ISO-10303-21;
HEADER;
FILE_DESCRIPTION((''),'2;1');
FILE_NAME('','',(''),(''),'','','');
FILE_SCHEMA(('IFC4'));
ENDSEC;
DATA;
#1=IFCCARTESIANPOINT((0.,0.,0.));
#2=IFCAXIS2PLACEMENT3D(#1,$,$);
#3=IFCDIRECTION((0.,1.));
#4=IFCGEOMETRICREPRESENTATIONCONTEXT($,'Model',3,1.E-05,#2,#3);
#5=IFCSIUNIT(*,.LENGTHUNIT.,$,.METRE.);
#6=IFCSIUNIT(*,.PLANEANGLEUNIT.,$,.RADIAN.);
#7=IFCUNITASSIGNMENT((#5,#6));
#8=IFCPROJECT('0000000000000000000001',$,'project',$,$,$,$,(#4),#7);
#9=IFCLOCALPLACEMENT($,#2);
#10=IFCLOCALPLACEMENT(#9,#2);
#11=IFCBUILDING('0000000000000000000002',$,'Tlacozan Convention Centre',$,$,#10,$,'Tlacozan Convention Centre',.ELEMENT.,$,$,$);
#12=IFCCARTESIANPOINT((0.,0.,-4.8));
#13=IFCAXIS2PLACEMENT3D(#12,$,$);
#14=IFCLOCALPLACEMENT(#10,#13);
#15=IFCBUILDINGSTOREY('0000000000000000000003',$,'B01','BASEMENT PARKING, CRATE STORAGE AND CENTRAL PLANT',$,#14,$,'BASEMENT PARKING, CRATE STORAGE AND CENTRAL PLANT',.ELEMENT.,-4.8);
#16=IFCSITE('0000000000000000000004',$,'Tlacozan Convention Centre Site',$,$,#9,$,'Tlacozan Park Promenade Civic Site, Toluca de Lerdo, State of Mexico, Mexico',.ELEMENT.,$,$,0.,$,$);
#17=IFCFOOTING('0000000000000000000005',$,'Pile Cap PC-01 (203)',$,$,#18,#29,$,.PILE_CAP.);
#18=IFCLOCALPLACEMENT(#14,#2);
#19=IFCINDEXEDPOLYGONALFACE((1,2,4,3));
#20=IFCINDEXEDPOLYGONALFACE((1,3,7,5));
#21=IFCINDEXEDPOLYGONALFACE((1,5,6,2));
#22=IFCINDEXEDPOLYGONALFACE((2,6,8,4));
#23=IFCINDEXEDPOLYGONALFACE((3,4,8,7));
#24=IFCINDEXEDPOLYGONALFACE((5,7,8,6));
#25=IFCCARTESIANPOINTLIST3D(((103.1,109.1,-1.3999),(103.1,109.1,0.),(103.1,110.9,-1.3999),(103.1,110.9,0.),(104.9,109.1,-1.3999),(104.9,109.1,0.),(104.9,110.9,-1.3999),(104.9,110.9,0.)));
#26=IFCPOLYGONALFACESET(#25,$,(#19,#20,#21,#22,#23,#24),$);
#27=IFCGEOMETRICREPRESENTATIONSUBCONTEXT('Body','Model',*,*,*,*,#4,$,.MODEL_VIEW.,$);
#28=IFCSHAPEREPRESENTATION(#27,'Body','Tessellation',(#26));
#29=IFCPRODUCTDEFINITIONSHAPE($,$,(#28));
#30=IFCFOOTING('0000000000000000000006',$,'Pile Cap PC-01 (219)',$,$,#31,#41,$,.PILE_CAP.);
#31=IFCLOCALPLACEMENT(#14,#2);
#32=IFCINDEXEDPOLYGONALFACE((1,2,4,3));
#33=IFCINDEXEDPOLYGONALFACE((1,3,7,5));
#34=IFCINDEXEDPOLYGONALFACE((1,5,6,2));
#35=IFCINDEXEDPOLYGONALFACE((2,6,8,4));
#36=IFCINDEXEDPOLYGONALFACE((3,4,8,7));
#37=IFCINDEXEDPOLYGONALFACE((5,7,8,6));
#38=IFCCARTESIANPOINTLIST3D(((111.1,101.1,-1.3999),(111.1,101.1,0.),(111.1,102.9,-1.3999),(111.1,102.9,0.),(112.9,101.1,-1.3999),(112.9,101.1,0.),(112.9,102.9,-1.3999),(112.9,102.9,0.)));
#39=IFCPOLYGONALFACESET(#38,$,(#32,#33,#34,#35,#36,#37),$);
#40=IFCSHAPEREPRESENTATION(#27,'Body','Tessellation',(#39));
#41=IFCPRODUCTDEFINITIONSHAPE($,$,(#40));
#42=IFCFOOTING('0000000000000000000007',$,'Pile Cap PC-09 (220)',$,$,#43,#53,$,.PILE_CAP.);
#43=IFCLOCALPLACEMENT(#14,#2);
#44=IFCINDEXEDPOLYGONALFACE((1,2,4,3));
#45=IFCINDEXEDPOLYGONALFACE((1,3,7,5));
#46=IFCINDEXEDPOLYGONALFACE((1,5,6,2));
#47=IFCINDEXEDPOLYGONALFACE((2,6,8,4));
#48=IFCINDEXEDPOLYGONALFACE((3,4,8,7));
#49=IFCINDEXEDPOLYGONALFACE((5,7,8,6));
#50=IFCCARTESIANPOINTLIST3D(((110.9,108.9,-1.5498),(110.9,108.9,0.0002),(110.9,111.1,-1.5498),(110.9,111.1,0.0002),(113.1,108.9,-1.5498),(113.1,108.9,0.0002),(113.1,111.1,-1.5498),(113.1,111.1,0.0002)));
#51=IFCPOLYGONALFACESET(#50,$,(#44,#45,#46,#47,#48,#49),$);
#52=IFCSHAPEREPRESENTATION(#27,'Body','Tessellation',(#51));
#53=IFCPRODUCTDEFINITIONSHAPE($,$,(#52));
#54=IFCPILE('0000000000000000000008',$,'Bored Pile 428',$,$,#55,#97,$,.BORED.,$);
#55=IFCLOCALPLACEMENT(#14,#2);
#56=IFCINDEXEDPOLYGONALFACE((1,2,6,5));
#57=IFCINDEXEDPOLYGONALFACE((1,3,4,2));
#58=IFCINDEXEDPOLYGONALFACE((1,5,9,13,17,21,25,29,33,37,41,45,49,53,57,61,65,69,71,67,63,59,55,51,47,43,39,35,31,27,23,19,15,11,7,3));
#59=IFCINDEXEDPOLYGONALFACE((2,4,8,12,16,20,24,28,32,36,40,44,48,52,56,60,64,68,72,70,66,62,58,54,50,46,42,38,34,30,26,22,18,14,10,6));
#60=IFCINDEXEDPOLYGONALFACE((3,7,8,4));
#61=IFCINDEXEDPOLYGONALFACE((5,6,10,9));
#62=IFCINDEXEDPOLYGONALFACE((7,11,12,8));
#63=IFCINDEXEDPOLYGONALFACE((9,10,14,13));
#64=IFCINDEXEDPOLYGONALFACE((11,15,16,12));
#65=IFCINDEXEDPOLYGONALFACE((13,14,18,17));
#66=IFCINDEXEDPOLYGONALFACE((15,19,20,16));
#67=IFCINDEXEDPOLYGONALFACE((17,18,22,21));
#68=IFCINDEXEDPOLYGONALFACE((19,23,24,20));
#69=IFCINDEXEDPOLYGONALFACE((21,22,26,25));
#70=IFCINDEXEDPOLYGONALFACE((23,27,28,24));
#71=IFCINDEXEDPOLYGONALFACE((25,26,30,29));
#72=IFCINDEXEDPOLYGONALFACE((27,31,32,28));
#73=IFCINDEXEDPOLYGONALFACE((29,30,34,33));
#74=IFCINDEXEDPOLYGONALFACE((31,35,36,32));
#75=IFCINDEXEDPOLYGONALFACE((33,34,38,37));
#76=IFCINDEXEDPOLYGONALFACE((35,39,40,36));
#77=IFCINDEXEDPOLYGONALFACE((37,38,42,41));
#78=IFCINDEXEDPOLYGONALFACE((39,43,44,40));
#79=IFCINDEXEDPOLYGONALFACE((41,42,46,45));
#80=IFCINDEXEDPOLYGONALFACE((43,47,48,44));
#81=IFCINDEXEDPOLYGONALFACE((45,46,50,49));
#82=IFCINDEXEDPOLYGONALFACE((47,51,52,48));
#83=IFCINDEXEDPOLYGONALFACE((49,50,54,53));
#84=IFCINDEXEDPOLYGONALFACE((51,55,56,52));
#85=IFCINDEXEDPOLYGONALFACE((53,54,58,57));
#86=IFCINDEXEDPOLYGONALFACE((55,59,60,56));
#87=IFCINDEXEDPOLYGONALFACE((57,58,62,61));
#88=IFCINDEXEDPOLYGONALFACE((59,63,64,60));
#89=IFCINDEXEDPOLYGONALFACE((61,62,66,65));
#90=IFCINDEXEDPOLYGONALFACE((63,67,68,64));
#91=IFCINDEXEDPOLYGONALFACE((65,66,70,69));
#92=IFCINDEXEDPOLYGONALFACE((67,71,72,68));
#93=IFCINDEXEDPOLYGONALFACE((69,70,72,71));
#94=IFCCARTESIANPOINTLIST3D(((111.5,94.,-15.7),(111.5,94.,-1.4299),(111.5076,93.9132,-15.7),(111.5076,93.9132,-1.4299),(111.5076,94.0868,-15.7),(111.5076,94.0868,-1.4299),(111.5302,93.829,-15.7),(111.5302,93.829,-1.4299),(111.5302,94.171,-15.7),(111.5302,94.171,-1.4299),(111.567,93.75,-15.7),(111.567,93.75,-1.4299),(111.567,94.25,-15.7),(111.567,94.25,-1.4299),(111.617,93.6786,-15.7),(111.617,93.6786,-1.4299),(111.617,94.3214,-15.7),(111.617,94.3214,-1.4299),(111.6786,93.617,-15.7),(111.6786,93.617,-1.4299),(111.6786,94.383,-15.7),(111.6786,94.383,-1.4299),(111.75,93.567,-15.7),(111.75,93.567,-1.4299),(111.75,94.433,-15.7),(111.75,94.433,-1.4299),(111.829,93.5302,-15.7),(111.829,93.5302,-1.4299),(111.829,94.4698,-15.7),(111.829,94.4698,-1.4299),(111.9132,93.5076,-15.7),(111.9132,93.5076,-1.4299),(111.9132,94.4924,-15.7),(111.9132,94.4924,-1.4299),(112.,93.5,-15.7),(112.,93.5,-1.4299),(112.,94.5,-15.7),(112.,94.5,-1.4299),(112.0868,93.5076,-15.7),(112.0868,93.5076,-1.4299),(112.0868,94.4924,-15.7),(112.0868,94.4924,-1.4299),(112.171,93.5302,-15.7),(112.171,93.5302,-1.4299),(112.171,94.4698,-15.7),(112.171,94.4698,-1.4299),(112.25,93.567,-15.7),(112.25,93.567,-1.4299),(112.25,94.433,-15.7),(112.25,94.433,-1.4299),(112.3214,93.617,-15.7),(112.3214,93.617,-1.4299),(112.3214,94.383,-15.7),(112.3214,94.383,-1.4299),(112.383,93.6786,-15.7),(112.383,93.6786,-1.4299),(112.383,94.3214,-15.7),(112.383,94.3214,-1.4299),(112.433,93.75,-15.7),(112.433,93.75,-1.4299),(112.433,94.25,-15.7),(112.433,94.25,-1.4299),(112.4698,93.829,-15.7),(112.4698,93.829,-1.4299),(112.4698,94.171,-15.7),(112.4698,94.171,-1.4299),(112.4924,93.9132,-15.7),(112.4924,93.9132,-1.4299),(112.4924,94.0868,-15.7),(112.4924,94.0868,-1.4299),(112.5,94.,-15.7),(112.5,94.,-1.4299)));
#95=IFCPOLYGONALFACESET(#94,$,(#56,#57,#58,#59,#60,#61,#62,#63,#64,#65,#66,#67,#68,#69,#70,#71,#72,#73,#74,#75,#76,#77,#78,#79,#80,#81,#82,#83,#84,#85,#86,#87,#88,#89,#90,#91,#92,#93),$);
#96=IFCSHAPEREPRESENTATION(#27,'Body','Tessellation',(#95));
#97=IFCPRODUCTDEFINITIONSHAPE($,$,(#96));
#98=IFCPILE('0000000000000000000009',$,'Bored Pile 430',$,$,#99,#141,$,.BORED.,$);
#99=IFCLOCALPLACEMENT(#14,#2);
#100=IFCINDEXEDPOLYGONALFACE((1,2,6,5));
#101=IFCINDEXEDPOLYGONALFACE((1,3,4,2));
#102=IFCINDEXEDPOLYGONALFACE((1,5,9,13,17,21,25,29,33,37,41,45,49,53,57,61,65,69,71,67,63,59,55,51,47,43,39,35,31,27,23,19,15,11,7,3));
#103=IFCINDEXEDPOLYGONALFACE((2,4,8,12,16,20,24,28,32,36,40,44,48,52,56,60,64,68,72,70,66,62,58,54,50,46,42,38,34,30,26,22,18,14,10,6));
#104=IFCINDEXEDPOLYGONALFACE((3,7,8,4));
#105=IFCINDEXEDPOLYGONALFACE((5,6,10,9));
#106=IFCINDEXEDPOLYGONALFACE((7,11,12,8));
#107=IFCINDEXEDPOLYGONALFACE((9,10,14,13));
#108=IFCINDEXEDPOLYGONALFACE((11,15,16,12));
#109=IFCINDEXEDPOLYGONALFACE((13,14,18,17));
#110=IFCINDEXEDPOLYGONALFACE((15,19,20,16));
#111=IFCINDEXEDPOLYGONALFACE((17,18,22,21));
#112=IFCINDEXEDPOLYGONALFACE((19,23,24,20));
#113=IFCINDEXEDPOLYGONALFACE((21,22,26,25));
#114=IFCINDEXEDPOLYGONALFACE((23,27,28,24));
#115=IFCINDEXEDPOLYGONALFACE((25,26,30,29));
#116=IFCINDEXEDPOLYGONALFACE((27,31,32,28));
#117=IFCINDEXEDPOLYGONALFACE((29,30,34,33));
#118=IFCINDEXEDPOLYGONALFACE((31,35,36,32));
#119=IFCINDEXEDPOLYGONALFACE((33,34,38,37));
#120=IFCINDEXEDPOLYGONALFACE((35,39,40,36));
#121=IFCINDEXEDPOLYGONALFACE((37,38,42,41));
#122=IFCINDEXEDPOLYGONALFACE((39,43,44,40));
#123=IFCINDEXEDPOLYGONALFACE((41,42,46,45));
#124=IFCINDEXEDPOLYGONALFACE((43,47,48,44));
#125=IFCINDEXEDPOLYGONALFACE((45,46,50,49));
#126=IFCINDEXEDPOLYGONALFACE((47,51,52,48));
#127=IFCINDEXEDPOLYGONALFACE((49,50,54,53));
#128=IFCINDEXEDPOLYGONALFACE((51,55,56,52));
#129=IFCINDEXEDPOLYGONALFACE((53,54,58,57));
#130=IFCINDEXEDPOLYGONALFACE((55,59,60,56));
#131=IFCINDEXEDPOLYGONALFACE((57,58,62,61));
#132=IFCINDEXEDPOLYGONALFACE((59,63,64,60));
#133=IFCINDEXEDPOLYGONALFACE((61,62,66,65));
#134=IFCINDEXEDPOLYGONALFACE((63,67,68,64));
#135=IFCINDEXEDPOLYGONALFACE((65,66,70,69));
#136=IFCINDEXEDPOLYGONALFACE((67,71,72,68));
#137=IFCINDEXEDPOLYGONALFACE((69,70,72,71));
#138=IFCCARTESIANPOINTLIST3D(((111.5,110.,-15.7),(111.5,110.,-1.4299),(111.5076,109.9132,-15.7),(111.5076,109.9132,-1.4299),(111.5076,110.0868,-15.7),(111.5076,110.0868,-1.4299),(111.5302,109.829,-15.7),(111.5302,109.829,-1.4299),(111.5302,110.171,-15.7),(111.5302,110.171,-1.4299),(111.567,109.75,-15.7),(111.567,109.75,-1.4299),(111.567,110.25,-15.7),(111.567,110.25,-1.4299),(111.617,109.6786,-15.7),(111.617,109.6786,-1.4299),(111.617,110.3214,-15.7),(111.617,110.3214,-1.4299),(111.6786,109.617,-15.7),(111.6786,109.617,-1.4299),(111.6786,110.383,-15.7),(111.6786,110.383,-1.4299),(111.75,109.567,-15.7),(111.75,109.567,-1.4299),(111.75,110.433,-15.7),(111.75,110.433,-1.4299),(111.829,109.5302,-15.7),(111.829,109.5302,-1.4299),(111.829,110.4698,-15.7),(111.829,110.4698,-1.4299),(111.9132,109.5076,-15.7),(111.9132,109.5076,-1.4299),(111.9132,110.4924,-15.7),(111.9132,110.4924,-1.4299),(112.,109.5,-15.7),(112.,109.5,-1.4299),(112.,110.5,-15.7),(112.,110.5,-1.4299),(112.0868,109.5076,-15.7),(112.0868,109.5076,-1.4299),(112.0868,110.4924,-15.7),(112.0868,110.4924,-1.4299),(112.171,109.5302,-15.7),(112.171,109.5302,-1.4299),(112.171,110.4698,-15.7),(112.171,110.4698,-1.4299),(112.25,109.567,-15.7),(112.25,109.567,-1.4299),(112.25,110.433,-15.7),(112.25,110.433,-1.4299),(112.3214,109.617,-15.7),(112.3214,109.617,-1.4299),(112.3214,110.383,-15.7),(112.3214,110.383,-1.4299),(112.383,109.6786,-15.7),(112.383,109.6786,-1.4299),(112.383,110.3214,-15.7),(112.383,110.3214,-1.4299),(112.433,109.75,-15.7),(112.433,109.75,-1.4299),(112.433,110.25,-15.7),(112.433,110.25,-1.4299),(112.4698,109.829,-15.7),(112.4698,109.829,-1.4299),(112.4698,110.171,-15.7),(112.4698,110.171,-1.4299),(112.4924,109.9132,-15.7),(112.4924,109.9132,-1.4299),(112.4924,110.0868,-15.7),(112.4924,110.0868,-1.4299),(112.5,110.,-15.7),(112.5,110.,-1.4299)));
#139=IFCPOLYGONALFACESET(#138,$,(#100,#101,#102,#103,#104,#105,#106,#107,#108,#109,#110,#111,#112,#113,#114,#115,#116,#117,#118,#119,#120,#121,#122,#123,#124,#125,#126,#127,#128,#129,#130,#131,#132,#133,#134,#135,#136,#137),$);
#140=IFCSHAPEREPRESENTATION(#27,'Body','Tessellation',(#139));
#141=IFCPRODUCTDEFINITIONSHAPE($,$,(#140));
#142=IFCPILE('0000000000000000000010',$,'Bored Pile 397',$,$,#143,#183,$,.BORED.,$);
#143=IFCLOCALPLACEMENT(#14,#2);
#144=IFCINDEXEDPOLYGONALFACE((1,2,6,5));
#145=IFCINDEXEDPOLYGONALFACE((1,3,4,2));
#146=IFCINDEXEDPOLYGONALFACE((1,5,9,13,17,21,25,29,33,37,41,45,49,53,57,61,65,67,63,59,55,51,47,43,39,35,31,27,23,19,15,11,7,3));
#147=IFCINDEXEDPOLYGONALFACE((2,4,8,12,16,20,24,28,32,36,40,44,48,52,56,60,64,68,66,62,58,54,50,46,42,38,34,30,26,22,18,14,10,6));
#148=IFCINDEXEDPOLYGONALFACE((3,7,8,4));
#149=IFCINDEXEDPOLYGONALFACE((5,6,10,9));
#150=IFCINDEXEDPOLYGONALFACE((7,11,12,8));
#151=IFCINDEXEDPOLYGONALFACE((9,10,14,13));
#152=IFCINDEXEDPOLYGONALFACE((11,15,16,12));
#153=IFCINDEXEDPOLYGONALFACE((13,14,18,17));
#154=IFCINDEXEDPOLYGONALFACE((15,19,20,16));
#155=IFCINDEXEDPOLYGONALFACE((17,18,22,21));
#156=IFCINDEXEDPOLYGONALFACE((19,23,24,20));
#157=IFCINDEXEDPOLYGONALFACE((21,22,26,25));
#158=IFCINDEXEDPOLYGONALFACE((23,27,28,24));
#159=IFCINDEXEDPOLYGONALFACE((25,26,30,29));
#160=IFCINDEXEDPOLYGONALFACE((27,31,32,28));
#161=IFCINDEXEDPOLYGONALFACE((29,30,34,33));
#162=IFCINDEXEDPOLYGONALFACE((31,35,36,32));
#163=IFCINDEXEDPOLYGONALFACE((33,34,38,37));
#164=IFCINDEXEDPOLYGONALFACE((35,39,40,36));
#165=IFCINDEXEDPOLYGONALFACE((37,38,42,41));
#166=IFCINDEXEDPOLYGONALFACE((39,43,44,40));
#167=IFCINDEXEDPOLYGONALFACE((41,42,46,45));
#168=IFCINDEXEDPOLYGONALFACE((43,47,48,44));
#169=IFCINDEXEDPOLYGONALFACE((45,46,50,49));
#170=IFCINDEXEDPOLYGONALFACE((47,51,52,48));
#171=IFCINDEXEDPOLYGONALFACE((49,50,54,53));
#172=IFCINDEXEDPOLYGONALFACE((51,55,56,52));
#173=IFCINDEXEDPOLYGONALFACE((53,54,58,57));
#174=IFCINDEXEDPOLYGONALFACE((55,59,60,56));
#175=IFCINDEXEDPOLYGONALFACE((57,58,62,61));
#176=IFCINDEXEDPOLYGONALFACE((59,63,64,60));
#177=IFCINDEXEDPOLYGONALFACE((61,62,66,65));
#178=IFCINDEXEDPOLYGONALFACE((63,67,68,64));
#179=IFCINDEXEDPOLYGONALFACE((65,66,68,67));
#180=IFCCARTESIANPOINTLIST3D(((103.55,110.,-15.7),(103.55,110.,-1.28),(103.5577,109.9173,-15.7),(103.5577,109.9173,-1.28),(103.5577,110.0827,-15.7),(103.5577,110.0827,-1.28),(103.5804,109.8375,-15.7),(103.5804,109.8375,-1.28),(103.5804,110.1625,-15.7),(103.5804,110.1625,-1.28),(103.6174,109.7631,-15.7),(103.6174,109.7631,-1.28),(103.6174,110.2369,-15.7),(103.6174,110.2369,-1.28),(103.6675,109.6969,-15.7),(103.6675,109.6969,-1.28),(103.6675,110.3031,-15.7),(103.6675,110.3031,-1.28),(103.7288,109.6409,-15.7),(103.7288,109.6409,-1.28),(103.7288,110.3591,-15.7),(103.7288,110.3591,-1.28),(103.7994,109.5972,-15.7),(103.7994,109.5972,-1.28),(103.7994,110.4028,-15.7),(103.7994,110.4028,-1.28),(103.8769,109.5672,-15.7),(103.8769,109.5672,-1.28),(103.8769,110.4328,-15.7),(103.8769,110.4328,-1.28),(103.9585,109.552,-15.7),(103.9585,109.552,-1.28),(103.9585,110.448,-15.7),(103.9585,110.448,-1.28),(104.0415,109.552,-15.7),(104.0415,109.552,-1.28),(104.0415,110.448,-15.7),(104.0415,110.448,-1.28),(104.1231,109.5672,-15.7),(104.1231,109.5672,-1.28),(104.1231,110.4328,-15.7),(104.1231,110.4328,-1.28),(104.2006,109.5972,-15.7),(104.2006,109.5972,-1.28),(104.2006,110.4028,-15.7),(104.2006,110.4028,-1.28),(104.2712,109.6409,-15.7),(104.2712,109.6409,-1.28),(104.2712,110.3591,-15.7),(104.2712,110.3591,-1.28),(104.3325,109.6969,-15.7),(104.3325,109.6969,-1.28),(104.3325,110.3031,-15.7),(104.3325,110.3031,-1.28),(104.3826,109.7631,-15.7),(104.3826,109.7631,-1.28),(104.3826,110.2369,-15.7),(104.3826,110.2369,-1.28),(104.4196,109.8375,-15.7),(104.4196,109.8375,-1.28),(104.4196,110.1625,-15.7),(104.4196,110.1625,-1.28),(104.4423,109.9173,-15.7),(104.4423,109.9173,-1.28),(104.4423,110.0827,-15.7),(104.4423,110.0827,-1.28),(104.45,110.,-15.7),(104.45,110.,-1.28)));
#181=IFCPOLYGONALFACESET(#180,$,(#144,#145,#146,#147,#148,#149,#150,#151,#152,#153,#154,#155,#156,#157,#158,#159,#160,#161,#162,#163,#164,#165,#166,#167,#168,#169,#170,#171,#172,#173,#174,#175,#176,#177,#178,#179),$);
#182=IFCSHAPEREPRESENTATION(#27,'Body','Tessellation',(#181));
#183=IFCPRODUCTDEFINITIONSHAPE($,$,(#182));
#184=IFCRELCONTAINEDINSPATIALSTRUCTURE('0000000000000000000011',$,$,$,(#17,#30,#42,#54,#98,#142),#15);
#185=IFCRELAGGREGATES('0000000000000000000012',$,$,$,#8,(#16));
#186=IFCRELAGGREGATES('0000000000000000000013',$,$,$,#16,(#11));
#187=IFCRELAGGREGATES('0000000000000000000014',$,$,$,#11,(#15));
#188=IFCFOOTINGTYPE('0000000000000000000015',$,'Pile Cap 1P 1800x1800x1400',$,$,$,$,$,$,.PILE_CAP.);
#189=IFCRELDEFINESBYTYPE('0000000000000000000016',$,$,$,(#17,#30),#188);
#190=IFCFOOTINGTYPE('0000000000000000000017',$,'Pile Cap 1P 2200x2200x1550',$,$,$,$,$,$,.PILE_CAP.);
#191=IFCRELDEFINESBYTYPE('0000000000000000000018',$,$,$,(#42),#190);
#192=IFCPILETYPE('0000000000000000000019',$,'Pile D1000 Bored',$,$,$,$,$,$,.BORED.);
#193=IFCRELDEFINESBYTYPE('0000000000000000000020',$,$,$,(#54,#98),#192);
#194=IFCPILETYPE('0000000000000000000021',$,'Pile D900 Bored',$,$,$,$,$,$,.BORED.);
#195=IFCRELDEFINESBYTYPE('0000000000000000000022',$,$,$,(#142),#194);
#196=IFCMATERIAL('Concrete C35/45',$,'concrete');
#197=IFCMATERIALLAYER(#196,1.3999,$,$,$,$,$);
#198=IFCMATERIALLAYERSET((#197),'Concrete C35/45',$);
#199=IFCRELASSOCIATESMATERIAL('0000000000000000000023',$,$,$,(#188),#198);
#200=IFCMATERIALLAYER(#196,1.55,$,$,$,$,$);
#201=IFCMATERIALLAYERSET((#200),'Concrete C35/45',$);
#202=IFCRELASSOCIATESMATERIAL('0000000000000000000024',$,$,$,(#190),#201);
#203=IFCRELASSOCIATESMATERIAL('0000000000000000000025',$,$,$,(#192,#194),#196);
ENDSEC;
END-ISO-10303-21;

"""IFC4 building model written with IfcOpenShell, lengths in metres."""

from ifc_helpers import new_model, si_unit, direction, frame, origin, origin_2d, place, context, subcontext, project, spatial, rectangle, circle, extrude, material, layer, layer_set, material_profile, profile_set, type_object, element, save


model = new_model("IFC4")

# Units and contexts
model_context = context("Model", 3, precision=1e-05, world=origin(), true_north=direction((0.0, 1.0)))
body_context = subcontext(model_context, "Body", "Model", "MODEL_VIEW")
ifc_project = project(units=[si_unit("LENGTHUNIT", "METRE"), si_unit("PLANEANGLEUNIT", "RADIAN")], contexts=[model_context])

# Site, building, storey
site_placement = place(None, origin())
site = spatial("IfcSite", under=ifc_project, at=site_placement, Name="Tlacozan Convention Centre Site", LongName="Tlacozan Park Promenade Civic Site, Toluca de Lerdo, State of Mexico, Mexico", CompositionType="ELEMENT", RefElevation=0.0)
building_placement = place(site_placement, origin())
building = spatial("IfcBuilding", under=site, at=building_placement, Name="Tlacozan Convention Centre", LongName="Tlacozan Convention Centre", CompositionType="ELEMENT")
storey_placement = place(building_placement, frame((0.0, 0.0, -4.8)))
storey = spatial("IfcBuildingStorey", under=building, at=storey_placement, Name="B01", Description="BASEMENT PARKING, CRATE STORAGE AND CENTRAL PLANT", LongName="BASEMENT PARKING, CRATE STORAGE AND CENTRAL PLANT", CompositionType="ELEMENT", Elevation=-4.8)

# Footings
ifc_material_1 = material(Name="Concrete C35/45", Category="concrete")
ifc_layer_1 = layer(ifc_material_1, 1.3999)
ifc_layer_set_1 = layer_set([ifc_layer_1], Name="Concrete C35/45")
footing_type_1 = type_object("IfcFootingType", Name="Pile Cap 1P 1800x1800x1400", PredefinedType="PILE_CAP", material=ifc_layer_set_1)
for number, where, z_axis, x_axis, name in (
    (1, (104.0, 110.0, -1.3999), (0.0, 0.0, 1.0), (1.0, 0.0, 0.0), "Pile Cap PC-01 (203)"),
    (2, (112.0, 102.0, -1.3999), (0.0, 0.0, 1.0), (1.0, 0.0, 0.0), "Pile Cap PC-01 (219)"),
):
    element("IfcFooting", number, at=place(storey_placement, frame(where, z_axis=z_axis, x_axis=x_axis)), inside=storey, type_object=footing_type_1, Name=name, PredefinedType="PILE_CAP", context=body_context, shape_type="SweptSolid", body=[
        extrude(rectangle(XDim=1.8, YDim=1.8, at=origin_2d()), origin(), (0.0, 0.0, 1.0), 1.3999),
    ])
ifc_layer_2 = layer(ifc_material_1, 1.55)
ifc_layer_set_2 = layer_set([ifc_layer_2], Name="Concrete C35/45")
footing_type_2 = type_object("IfcFootingType", Name="Pile Cap 1P 2200x2200x1550", PredefinedType="PILE_CAP", material=ifc_layer_set_2)
footing_placement = place(storey_placement, frame((112.0, 110.0, -1.5498), z_axis=(0.0, 0.0, 1.0), x_axis=(1.0, 0.0, 0.0)))
element("IfcFooting", 3, at=footing_placement, inside=storey, type_object=footing_type_2, Name="Pile Cap PC-09 (220)", PredefinedType="PILE_CAP", context=body_context, shape_type="SweptSolid", body=[
    extrude(rectangle(XDim=2.2, YDim=2.2, at=origin_2d()), origin(), (0.0, 0.0, 1.0), 1.55),
])

# Piles
ifc_material_profile_1 = material_profile(ifc_material_1, circle(Radius=0.5, at=origin_2d()), Name="PILE D1000")
ifc_profile_set_1 = profile_set([ifc_material_profile_1], Name="Concrete C35/45")
pile_type_1 = type_object("IfcPileType", Name="Pile D1000 Bored", PredefinedType="BORED", material=ifc_profile_set_1)
for number, where, z_axis, x_axis, name in (
    (4, (112.0, 94.0, -1.4299), (0.0, 0.0, -1.0), (1.0, 0.0, 0.0), "Bored Pile 428"),
    (5, (112.0, 110.0, -1.4299), (0.0, 0.0, -1.0), (1.0, 0.0, 0.0), "Bored Pile 430"),
):
    element("IfcPile", number, at=place(storey_placement, frame(where, z_axis=z_axis, x_axis=x_axis)), inside=storey, type_object=pile_type_1, Name=name, PredefinedType="BORED", context=body_context, shape_type="SweptSolid", body=[
        extrude(circle(Radius=0.5, at=origin_2d()), origin(), (0.0, 0.0, 1.0), 14.27),
    ])
ifc_material_profile_2 = material_profile(ifc_material_1, circle(Radius=0.45, at=origin_2d()), Name="PILE D900")
ifc_profile_set_2 = profile_set([ifc_material_profile_2], Name="Concrete C35/45")
pile_type_2 = type_object("IfcPileType", Name="Pile D900 Bored", PredefinedType="BORED", material=ifc_profile_set_2)
for number, where, z_axis, x_axis, name in (
    (6, (104.0, 110.0, -1.28), (0.0, 0.0, -1.0), (1.0, 0.0, 0.0), "Bored Pile 397"),
):
    element("IfcPile", number, at=place(storey_placement, frame(where, z_axis=z_axis, x_axis=x_axis)), inside=storey, type_object=pile_type_2, Name=name, PredefinedType="BORED", context=body_context, shape_type="SweptSolid", body=[
        extrude(circle(Radius=0.45, at=origin_2d()), origin(), (0.0, 0.0, 1.0), 14.4199),
    ])

save(model, "model.ifc")
